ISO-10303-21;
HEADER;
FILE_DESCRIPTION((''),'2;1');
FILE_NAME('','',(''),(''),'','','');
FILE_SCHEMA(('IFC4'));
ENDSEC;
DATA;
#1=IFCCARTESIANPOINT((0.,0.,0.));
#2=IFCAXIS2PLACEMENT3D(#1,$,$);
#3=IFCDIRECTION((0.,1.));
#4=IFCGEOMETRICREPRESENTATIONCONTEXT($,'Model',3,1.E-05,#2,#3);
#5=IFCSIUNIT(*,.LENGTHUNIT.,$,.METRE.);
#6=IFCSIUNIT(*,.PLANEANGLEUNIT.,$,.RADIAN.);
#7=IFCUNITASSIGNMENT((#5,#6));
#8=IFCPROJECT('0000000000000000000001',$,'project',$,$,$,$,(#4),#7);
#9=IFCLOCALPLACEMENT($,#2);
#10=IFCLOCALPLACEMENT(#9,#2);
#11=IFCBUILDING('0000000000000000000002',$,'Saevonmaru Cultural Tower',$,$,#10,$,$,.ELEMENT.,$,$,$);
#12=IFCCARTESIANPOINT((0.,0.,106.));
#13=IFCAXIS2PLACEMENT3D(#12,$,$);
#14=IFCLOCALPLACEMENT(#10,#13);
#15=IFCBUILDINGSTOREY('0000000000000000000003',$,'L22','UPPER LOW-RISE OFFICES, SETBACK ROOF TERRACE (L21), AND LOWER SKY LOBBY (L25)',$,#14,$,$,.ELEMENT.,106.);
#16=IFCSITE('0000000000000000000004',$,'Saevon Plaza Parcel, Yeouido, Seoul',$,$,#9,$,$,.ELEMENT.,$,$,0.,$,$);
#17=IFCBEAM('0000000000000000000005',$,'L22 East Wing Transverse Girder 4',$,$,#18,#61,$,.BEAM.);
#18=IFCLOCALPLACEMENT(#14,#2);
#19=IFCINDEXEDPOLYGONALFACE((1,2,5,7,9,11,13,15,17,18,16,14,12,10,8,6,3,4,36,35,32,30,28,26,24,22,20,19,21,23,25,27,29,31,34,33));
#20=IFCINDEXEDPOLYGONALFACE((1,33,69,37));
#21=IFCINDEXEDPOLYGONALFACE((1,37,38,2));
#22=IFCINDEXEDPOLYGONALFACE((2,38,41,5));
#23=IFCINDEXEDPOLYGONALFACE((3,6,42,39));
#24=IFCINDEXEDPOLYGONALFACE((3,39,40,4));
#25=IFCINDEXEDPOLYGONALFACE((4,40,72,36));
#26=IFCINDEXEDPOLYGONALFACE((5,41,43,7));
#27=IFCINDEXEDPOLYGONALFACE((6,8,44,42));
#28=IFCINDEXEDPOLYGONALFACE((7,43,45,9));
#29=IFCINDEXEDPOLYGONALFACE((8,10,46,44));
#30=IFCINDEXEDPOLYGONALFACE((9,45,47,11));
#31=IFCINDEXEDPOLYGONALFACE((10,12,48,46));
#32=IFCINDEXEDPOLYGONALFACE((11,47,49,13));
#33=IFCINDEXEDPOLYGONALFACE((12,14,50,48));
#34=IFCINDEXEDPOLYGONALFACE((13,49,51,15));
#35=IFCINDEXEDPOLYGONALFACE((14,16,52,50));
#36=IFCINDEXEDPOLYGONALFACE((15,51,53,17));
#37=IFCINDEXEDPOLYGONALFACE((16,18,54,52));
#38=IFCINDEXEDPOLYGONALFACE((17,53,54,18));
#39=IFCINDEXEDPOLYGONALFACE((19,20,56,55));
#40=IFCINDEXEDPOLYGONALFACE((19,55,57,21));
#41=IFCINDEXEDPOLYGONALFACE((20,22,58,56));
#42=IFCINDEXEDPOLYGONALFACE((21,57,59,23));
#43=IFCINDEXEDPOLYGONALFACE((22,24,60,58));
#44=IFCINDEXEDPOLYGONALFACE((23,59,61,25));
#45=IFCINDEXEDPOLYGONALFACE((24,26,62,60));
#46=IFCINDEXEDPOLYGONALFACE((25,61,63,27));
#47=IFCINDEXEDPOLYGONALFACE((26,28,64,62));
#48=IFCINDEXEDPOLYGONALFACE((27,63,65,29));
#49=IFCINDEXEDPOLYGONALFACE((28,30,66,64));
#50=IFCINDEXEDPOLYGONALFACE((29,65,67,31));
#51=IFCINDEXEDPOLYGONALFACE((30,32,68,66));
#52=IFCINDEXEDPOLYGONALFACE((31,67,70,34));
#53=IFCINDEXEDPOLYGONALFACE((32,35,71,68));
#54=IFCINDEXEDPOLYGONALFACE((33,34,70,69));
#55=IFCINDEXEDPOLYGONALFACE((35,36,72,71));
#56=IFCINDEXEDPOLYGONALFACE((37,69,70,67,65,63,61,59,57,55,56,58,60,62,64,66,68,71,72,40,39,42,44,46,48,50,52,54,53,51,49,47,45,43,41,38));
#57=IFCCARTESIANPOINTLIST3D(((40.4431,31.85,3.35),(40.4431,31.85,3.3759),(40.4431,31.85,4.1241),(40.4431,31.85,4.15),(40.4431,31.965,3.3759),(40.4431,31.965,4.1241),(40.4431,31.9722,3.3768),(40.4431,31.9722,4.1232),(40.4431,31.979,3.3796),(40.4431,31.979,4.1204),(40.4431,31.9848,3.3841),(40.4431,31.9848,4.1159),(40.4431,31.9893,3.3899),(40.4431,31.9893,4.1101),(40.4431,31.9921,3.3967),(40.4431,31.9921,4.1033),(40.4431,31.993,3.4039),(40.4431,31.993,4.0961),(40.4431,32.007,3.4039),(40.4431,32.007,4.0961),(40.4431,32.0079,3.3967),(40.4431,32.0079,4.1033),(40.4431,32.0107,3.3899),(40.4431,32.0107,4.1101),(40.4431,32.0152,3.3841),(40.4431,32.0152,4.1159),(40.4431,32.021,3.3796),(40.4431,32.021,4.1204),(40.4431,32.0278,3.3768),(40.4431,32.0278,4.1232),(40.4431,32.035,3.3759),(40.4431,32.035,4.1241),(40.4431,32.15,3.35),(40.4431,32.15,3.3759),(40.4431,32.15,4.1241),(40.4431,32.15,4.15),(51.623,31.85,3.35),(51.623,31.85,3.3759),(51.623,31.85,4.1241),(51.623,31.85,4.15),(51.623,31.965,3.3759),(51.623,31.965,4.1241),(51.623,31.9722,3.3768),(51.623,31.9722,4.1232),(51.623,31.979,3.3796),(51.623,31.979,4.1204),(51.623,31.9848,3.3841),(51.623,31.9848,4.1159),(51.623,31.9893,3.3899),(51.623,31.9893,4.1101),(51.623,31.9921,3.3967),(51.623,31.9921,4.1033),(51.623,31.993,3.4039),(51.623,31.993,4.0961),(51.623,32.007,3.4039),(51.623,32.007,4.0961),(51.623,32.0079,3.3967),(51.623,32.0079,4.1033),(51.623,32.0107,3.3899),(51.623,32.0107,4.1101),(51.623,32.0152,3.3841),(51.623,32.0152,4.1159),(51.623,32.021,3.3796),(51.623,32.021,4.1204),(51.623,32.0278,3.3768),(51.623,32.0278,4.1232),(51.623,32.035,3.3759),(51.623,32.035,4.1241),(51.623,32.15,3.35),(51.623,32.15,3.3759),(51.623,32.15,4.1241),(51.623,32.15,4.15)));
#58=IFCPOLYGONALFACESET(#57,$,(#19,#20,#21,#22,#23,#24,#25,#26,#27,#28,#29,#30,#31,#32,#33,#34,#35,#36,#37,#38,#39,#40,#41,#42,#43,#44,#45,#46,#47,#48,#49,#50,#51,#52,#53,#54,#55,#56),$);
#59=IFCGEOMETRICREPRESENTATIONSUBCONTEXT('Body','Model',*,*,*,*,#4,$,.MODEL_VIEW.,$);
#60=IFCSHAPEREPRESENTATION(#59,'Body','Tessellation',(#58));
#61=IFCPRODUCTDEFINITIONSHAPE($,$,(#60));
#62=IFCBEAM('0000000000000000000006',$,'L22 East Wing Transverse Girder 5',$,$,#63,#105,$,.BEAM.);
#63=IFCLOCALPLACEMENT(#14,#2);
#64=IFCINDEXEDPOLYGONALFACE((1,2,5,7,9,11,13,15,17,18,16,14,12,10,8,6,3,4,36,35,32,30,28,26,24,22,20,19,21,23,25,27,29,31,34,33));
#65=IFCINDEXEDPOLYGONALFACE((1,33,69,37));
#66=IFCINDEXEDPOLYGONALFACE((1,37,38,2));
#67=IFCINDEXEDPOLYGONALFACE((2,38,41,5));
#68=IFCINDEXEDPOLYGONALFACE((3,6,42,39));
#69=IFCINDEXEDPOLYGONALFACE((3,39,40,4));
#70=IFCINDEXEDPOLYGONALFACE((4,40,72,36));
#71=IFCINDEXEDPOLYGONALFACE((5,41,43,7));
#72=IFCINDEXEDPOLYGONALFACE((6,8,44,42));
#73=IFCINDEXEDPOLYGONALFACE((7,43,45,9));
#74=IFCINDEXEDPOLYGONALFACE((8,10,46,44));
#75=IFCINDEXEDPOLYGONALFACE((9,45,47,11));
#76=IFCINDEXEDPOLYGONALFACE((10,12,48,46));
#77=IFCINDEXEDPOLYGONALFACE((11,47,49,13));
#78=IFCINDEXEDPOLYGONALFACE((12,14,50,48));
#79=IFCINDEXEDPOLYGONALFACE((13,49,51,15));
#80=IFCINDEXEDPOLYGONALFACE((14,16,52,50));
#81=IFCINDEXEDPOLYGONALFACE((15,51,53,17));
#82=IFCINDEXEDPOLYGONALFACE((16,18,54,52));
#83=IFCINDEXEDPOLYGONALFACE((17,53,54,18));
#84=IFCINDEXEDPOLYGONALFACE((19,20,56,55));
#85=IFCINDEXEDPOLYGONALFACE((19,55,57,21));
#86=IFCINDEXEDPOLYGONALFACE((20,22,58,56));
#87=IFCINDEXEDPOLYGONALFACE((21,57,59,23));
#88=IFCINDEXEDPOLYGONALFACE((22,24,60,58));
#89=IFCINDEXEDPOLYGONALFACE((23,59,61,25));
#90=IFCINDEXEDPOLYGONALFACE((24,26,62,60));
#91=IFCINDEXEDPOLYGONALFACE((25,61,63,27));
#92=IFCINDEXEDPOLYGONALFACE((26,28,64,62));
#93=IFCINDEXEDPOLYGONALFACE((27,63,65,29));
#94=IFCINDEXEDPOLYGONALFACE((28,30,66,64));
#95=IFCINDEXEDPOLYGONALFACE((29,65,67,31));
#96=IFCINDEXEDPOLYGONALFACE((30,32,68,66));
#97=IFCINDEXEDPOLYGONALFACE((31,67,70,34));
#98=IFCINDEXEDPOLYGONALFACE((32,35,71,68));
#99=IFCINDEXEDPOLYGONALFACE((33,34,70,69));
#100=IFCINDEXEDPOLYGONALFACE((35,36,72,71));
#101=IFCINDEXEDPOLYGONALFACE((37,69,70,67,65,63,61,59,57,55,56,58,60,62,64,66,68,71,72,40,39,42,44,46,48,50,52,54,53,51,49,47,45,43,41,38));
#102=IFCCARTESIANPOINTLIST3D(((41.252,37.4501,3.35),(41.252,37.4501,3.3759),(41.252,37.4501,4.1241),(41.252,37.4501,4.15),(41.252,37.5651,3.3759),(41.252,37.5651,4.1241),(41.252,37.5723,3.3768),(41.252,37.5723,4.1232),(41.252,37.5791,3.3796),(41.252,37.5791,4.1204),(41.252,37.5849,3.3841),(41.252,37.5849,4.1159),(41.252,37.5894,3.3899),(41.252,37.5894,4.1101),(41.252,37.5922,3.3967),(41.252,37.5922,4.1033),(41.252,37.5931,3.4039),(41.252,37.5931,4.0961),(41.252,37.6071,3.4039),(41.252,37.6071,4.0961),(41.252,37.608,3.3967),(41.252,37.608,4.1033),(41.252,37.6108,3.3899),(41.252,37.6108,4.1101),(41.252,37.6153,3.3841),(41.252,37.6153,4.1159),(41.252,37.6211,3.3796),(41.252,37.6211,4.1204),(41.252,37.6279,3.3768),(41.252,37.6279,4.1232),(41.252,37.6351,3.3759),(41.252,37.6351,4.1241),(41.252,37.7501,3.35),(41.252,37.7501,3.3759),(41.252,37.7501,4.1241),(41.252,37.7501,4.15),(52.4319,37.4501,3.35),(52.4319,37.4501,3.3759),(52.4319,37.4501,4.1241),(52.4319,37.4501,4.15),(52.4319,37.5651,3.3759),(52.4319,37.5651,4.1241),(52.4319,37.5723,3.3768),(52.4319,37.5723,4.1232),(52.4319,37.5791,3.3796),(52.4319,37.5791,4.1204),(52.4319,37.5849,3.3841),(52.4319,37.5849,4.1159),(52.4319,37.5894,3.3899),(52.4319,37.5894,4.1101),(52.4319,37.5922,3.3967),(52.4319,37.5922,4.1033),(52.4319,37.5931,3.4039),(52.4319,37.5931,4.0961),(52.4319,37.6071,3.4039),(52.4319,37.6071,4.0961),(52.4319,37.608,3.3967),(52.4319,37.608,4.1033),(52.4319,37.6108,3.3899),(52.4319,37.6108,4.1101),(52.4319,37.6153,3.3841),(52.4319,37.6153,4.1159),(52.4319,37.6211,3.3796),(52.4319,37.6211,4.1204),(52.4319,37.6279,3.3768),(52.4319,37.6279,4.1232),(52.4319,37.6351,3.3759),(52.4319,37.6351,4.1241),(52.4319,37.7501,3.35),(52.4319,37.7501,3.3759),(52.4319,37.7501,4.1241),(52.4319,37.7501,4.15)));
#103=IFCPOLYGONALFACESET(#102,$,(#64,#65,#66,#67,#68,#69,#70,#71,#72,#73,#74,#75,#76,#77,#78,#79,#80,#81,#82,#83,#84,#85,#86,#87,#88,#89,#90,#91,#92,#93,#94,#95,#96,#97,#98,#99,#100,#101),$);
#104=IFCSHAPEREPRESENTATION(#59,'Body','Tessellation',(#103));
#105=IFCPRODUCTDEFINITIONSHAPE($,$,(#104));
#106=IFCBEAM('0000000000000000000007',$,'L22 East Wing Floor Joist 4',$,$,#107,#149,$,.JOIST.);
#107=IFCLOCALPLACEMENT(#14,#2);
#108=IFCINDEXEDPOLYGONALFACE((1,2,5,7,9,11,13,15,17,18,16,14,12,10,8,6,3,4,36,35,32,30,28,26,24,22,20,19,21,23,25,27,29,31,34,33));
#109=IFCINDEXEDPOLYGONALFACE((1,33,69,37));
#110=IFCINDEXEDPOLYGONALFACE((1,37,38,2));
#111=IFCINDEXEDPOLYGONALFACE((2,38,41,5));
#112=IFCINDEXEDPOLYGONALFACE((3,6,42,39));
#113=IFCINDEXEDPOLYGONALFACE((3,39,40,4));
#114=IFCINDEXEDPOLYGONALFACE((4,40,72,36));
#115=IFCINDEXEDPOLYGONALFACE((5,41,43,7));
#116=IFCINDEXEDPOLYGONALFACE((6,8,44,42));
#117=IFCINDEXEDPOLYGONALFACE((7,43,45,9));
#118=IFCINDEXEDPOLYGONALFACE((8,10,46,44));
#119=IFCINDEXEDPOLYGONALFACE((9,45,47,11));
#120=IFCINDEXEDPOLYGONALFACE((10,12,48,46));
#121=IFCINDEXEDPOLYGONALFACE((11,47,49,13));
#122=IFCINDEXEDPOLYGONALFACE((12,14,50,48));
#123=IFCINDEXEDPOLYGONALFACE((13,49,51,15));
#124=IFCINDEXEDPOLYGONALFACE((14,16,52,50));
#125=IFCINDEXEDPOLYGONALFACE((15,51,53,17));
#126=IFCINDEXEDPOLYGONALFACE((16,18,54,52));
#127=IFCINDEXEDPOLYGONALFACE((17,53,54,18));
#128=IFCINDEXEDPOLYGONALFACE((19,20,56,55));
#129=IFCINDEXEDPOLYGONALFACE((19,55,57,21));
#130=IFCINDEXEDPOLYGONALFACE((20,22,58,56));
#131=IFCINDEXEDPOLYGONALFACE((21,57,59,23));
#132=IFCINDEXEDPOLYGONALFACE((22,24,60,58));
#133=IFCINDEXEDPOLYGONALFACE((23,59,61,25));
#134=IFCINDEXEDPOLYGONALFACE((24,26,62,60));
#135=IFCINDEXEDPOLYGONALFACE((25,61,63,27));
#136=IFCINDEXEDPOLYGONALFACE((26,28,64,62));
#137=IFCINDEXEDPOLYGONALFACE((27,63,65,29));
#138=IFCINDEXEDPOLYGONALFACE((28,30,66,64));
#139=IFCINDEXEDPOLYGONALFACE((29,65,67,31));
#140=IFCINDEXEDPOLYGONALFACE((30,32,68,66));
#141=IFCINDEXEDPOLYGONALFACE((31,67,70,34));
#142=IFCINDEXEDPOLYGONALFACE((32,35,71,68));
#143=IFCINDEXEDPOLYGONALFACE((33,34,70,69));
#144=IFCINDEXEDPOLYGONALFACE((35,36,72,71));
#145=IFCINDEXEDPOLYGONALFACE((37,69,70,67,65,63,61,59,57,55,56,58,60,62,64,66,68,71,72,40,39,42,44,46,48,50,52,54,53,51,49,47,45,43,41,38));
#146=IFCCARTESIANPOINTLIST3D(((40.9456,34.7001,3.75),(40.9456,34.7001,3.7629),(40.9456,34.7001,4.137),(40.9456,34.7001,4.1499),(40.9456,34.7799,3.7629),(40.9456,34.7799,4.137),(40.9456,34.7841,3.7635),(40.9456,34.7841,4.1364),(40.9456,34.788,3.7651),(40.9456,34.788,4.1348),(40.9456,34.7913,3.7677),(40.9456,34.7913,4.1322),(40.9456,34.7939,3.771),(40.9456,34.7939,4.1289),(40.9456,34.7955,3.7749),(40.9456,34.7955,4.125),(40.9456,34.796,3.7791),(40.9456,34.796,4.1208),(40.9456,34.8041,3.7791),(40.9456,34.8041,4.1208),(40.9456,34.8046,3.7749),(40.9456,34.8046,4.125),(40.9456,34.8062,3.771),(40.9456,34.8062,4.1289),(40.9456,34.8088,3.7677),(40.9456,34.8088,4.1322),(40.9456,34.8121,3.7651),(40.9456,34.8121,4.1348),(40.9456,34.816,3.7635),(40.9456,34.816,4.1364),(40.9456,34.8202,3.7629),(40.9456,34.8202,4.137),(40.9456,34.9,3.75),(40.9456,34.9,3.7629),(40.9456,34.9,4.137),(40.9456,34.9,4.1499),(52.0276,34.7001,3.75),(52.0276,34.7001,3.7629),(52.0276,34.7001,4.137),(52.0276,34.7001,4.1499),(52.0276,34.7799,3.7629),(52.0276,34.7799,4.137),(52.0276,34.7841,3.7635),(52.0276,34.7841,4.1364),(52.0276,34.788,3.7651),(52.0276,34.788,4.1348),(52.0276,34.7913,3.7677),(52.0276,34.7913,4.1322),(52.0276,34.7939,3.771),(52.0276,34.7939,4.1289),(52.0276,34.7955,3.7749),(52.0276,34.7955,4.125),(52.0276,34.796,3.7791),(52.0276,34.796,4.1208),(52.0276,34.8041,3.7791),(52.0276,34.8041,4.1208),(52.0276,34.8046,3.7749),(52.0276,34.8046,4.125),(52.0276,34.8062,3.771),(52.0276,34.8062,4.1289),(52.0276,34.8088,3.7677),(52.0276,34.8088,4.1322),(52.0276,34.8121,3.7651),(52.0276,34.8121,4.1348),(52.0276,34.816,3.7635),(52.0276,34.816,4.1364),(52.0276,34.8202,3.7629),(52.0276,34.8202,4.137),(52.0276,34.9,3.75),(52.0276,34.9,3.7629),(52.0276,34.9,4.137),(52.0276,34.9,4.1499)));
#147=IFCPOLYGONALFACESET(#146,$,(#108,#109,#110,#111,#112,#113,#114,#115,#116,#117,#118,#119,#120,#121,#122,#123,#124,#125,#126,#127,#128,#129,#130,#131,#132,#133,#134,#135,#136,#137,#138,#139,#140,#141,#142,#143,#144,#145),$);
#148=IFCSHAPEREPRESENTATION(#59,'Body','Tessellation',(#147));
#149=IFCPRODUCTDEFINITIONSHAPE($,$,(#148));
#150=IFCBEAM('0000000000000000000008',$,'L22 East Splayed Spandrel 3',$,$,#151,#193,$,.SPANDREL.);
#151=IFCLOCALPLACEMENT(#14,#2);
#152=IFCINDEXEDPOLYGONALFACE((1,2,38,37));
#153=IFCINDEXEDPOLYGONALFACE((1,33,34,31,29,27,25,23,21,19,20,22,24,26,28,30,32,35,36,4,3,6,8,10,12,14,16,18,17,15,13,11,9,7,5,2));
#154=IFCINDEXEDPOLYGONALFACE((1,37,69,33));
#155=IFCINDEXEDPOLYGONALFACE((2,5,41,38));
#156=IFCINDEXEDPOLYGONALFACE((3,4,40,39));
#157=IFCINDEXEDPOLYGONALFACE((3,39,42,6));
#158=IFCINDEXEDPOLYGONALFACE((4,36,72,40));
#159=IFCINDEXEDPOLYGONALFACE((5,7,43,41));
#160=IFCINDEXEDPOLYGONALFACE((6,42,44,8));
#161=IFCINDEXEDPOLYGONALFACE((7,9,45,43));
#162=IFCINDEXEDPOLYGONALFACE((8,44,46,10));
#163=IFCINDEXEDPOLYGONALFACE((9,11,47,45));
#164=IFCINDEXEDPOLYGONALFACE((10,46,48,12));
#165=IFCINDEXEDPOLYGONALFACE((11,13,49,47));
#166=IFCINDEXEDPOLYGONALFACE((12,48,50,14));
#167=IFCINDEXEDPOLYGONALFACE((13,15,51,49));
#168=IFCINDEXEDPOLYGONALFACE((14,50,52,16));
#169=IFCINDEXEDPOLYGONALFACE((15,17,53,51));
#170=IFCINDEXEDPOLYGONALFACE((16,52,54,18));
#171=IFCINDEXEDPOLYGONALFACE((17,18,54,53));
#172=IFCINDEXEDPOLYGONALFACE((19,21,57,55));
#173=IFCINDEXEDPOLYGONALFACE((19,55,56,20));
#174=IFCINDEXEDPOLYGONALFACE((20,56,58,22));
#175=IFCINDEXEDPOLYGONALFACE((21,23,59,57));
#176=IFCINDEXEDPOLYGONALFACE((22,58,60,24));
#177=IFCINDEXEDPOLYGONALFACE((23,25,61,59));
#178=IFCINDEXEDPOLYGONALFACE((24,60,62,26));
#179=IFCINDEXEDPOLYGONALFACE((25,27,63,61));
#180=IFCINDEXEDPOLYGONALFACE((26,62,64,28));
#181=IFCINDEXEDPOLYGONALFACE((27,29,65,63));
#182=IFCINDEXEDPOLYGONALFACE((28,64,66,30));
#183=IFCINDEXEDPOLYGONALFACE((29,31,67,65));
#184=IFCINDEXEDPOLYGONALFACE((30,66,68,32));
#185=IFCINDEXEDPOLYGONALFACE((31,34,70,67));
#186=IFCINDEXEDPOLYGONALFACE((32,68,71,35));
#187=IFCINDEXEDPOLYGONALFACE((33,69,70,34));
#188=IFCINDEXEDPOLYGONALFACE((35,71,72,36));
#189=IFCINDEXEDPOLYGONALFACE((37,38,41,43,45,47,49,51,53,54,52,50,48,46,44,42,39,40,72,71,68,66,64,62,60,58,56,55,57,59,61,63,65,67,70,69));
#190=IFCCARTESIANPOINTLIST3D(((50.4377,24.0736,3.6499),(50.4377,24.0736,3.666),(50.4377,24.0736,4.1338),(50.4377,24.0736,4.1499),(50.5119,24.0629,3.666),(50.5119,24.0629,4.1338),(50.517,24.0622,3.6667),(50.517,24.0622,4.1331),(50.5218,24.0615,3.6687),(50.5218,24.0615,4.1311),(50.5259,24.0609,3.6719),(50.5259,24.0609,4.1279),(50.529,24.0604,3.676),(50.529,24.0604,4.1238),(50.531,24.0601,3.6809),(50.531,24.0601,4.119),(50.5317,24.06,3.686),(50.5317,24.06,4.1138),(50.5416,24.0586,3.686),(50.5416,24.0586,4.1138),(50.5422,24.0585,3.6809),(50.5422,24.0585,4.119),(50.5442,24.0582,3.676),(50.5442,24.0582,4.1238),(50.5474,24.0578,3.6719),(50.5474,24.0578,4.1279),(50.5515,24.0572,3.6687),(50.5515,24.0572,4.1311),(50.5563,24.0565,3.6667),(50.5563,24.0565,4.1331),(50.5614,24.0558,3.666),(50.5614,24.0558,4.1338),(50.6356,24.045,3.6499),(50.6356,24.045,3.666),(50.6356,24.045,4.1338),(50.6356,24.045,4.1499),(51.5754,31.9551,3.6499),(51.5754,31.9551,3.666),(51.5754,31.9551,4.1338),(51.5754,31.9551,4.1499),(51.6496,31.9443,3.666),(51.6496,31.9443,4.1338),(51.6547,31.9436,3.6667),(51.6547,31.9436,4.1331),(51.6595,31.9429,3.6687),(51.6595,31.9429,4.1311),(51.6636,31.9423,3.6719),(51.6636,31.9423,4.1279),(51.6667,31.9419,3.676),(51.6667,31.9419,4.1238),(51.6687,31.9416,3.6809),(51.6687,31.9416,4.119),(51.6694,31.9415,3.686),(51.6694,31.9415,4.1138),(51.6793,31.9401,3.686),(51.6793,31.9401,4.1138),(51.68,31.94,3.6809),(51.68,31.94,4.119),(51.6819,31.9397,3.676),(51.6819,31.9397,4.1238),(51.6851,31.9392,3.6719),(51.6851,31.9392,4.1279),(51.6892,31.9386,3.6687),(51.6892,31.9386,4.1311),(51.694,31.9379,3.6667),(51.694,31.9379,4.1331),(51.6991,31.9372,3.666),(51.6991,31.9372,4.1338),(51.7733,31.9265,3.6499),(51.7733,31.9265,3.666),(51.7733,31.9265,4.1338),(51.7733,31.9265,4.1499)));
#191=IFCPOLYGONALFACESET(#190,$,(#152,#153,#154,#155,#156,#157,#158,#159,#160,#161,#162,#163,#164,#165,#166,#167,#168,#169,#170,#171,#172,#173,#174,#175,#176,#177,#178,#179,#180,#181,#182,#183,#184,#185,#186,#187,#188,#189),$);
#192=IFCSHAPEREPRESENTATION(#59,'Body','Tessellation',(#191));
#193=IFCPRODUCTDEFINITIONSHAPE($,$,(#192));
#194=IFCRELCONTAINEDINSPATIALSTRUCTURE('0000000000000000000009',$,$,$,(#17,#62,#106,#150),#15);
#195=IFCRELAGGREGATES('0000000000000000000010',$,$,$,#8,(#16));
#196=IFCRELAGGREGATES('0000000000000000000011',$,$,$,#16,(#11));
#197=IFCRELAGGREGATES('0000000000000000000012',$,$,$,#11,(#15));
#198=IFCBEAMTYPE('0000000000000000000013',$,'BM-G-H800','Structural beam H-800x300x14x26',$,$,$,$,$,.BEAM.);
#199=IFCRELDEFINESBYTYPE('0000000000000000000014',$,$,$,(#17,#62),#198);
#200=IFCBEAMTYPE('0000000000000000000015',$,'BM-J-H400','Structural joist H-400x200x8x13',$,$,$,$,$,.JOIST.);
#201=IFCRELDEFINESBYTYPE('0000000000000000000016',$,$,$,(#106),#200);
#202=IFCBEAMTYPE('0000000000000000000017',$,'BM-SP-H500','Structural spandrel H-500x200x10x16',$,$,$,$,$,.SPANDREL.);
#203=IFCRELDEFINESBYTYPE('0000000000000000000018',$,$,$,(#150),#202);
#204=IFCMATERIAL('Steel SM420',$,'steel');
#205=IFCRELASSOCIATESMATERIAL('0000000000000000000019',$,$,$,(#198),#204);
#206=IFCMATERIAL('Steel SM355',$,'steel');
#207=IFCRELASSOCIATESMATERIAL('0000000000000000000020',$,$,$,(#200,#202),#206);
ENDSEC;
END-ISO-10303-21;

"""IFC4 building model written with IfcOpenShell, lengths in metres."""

from ifc_helpers import new_model, si_unit, direction, frame, origin, origin_2d, place, context, subcontext, project, spatial, i_section, extrude, material, material_profile, profile_set, type_object, element, save


model = new_model("IFC4")

# Units and contexts
model_context = context("Model", 3, precision=1e-05, world=origin(), true_north=direction((0.0, 1.0)))
body_context = subcontext(model_context, "Body", "Model", "MODEL_VIEW")
ifc_project = project(units=[si_unit("LENGTHUNIT", "METRE"), si_unit("PLANEANGLEUNIT", "RADIAN")], contexts=[model_context])

# Site, building, storey
site_placement = place(None, origin())
site = spatial("IfcSite", under=ifc_project, at=site_placement, Name="Saevon Plaza Parcel, Yeouido, Seoul", CompositionType="ELEMENT", RefElevation=0.0)
building_placement = place(site_placement, origin())
building = spatial("IfcBuilding", under=site, at=building_placement, Name="Saevonmaru Cultural Tower", CompositionType="ELEMENT")
storey_placement = place(building_placement, frame((0.0, 0.0, 106.0)))
storey = spatial("IfcBuildingStorey", under=building, at=storey_placement, Name="L22", Description="UPPER LOW-RISE OFFICES, SETBACK ROOF TERRACE (L21), AND LOWER SKY LOBBY (L25)", CompositionType="ELEMENT", Elevation=106.0)

# Shared definitions
ifc_material_1 = material(Name="Steel SM420", Category="steel")
ifc_material_2 = material(Name="Steel SM355", Category="steel")

# Beams
ifc_material_profile_1 = material_profile(ifc_material_1, i_section(OverallWidth=0.3, OverallDepth=0.8, WebThickness=0.0139, FlangeThickness=0.0259, FilletRadius=0.0281, at=origin_2d()), Name="H-800x300x14x26")
ifc_profile_set_1 = profile_set([ifc_material_profile_1], Name="Steel SM420")
beam_type_1 = type_object("IfcBeamType", Name="BM-G-H800", Description="Structural beam H-800x300x14x26", PredefinedType="BEAM", material=ifc_profile_set_1)
for number, where, z_axis, x_axis, name in (
    (1, (40.4431, 32.0, 3.75), (1.0, 0.0, 0.0), (0.0, 1.0, 0.0), "L22 East Wing Transverse Girder 4"),
    (2, (41.252, 37.6001, 3.75), (1.0, 0.0, 0.0), (0.0, 1.0, 0.0), "L22 East Wing Transverse Girder 5"),
):
    element("IfcBeam", number, at=place(storey_placement, frame(where, z_axis=z_axis, x_axis=x_axis)), inside=storey, type_object=beam_type_1, Name=name, PredefinedType="BEAM", context=body_context, shape_type="SweptSolid", body=[
        extrude(i_section(OverallWidth=0.3, OverallDepth=0.8, WebThickness=0.0139, FlangeThickness=0.0259, FilletRadius=0.0281, at=origin_2d()), origin(), (0.0, 0.0, 1.0), 11.1799),
    ])
ifc_material_profile_2 = material_profile(ifc_material_2, i_section(OverallWidth=0.2, OverallDepth=0.3999, WebThickness=0.0081, FlangeThickness=0.0129, FilletRadius=0.0161, at=origin_2d()), Name="H-400x200x8x13")
ifc_profile_set_2 = profile_set([ifc_material_profile_2], Name="Steel SM355")
beam_type_2 = type_object("IfcBeamType", Name="BM-J-H400", Description="Structural joist H-400x200x8x13", PredefinedType="JOIST", material=ifc_profile_set_2)
beam_1_placement = place(storey_placement, frame((40.9456, 34.8, 3.95), z_axis=(1.0, 0.0, 0.0), x_axis=(0.0, 1.0, 0.0)))
element("IfcBeam", 3, at=beam_1_placement, inside=storey, type_object=beam_type_2, Name="L22 East Wing Floor Joist 4", PredefinedType="JOIST", context=body_context, shape_type="SweptSolid", body=[
    extrude(i_section(OverallWidth=0.2, OverallDepth=0.3999, WebThickness=0.0081, FlangeThickness=0.0129, FilletRadius=0.0161, at=origin_2d()), origin(), (0.0, 0.0, 1.0), 11.082),
])
ifc_material_profile_3 = material_profile(ifc_material_2, i_section(OverallWidth=0.2, OverallDepth=0.5, WebThickness=0.01, FlangeThickness=0.0161, FilletRadius=0.02, at=origin_2d()), Name="H-500x200x10x16")
ifc_profile_set_3 = profile_set([ifc_material_profile_3], Name="Steel SM355")
beam_type_3 = type_object("IfcBeamType", Name="BM-SP-H500", Description="Structural spandrel H-500x200x10x16", PredefinedType="SPANDREL", material=ifc_profile_set_3)
beam_2_placement = place(storey_placement, frame((50.5366, 24.0593, 3.8999), z_axis=(0.142872, 0.989741, 0.0), x_axis=(-0.989741, 0.142872, 0.0)))
element("IfcBeam", 4, at=beam_2_placement, inside=storey, type_object=beam_type_3, Name="L22 East Splayed Spandrel 3", PredefinedType="SPANDREL", context=body_context, shape_type="SweptSolid", body=[
    extrude(i_section(OverallWidth=0.2, OverallDepth=0.5, WebThickness=0.01, FlangeThickness=0.0161, FilletRadius=0.02, at=origin_2d()), origin(), (0.0, 0.0, 1.0), 7.9631),
])

save(model, "model.ifc")
